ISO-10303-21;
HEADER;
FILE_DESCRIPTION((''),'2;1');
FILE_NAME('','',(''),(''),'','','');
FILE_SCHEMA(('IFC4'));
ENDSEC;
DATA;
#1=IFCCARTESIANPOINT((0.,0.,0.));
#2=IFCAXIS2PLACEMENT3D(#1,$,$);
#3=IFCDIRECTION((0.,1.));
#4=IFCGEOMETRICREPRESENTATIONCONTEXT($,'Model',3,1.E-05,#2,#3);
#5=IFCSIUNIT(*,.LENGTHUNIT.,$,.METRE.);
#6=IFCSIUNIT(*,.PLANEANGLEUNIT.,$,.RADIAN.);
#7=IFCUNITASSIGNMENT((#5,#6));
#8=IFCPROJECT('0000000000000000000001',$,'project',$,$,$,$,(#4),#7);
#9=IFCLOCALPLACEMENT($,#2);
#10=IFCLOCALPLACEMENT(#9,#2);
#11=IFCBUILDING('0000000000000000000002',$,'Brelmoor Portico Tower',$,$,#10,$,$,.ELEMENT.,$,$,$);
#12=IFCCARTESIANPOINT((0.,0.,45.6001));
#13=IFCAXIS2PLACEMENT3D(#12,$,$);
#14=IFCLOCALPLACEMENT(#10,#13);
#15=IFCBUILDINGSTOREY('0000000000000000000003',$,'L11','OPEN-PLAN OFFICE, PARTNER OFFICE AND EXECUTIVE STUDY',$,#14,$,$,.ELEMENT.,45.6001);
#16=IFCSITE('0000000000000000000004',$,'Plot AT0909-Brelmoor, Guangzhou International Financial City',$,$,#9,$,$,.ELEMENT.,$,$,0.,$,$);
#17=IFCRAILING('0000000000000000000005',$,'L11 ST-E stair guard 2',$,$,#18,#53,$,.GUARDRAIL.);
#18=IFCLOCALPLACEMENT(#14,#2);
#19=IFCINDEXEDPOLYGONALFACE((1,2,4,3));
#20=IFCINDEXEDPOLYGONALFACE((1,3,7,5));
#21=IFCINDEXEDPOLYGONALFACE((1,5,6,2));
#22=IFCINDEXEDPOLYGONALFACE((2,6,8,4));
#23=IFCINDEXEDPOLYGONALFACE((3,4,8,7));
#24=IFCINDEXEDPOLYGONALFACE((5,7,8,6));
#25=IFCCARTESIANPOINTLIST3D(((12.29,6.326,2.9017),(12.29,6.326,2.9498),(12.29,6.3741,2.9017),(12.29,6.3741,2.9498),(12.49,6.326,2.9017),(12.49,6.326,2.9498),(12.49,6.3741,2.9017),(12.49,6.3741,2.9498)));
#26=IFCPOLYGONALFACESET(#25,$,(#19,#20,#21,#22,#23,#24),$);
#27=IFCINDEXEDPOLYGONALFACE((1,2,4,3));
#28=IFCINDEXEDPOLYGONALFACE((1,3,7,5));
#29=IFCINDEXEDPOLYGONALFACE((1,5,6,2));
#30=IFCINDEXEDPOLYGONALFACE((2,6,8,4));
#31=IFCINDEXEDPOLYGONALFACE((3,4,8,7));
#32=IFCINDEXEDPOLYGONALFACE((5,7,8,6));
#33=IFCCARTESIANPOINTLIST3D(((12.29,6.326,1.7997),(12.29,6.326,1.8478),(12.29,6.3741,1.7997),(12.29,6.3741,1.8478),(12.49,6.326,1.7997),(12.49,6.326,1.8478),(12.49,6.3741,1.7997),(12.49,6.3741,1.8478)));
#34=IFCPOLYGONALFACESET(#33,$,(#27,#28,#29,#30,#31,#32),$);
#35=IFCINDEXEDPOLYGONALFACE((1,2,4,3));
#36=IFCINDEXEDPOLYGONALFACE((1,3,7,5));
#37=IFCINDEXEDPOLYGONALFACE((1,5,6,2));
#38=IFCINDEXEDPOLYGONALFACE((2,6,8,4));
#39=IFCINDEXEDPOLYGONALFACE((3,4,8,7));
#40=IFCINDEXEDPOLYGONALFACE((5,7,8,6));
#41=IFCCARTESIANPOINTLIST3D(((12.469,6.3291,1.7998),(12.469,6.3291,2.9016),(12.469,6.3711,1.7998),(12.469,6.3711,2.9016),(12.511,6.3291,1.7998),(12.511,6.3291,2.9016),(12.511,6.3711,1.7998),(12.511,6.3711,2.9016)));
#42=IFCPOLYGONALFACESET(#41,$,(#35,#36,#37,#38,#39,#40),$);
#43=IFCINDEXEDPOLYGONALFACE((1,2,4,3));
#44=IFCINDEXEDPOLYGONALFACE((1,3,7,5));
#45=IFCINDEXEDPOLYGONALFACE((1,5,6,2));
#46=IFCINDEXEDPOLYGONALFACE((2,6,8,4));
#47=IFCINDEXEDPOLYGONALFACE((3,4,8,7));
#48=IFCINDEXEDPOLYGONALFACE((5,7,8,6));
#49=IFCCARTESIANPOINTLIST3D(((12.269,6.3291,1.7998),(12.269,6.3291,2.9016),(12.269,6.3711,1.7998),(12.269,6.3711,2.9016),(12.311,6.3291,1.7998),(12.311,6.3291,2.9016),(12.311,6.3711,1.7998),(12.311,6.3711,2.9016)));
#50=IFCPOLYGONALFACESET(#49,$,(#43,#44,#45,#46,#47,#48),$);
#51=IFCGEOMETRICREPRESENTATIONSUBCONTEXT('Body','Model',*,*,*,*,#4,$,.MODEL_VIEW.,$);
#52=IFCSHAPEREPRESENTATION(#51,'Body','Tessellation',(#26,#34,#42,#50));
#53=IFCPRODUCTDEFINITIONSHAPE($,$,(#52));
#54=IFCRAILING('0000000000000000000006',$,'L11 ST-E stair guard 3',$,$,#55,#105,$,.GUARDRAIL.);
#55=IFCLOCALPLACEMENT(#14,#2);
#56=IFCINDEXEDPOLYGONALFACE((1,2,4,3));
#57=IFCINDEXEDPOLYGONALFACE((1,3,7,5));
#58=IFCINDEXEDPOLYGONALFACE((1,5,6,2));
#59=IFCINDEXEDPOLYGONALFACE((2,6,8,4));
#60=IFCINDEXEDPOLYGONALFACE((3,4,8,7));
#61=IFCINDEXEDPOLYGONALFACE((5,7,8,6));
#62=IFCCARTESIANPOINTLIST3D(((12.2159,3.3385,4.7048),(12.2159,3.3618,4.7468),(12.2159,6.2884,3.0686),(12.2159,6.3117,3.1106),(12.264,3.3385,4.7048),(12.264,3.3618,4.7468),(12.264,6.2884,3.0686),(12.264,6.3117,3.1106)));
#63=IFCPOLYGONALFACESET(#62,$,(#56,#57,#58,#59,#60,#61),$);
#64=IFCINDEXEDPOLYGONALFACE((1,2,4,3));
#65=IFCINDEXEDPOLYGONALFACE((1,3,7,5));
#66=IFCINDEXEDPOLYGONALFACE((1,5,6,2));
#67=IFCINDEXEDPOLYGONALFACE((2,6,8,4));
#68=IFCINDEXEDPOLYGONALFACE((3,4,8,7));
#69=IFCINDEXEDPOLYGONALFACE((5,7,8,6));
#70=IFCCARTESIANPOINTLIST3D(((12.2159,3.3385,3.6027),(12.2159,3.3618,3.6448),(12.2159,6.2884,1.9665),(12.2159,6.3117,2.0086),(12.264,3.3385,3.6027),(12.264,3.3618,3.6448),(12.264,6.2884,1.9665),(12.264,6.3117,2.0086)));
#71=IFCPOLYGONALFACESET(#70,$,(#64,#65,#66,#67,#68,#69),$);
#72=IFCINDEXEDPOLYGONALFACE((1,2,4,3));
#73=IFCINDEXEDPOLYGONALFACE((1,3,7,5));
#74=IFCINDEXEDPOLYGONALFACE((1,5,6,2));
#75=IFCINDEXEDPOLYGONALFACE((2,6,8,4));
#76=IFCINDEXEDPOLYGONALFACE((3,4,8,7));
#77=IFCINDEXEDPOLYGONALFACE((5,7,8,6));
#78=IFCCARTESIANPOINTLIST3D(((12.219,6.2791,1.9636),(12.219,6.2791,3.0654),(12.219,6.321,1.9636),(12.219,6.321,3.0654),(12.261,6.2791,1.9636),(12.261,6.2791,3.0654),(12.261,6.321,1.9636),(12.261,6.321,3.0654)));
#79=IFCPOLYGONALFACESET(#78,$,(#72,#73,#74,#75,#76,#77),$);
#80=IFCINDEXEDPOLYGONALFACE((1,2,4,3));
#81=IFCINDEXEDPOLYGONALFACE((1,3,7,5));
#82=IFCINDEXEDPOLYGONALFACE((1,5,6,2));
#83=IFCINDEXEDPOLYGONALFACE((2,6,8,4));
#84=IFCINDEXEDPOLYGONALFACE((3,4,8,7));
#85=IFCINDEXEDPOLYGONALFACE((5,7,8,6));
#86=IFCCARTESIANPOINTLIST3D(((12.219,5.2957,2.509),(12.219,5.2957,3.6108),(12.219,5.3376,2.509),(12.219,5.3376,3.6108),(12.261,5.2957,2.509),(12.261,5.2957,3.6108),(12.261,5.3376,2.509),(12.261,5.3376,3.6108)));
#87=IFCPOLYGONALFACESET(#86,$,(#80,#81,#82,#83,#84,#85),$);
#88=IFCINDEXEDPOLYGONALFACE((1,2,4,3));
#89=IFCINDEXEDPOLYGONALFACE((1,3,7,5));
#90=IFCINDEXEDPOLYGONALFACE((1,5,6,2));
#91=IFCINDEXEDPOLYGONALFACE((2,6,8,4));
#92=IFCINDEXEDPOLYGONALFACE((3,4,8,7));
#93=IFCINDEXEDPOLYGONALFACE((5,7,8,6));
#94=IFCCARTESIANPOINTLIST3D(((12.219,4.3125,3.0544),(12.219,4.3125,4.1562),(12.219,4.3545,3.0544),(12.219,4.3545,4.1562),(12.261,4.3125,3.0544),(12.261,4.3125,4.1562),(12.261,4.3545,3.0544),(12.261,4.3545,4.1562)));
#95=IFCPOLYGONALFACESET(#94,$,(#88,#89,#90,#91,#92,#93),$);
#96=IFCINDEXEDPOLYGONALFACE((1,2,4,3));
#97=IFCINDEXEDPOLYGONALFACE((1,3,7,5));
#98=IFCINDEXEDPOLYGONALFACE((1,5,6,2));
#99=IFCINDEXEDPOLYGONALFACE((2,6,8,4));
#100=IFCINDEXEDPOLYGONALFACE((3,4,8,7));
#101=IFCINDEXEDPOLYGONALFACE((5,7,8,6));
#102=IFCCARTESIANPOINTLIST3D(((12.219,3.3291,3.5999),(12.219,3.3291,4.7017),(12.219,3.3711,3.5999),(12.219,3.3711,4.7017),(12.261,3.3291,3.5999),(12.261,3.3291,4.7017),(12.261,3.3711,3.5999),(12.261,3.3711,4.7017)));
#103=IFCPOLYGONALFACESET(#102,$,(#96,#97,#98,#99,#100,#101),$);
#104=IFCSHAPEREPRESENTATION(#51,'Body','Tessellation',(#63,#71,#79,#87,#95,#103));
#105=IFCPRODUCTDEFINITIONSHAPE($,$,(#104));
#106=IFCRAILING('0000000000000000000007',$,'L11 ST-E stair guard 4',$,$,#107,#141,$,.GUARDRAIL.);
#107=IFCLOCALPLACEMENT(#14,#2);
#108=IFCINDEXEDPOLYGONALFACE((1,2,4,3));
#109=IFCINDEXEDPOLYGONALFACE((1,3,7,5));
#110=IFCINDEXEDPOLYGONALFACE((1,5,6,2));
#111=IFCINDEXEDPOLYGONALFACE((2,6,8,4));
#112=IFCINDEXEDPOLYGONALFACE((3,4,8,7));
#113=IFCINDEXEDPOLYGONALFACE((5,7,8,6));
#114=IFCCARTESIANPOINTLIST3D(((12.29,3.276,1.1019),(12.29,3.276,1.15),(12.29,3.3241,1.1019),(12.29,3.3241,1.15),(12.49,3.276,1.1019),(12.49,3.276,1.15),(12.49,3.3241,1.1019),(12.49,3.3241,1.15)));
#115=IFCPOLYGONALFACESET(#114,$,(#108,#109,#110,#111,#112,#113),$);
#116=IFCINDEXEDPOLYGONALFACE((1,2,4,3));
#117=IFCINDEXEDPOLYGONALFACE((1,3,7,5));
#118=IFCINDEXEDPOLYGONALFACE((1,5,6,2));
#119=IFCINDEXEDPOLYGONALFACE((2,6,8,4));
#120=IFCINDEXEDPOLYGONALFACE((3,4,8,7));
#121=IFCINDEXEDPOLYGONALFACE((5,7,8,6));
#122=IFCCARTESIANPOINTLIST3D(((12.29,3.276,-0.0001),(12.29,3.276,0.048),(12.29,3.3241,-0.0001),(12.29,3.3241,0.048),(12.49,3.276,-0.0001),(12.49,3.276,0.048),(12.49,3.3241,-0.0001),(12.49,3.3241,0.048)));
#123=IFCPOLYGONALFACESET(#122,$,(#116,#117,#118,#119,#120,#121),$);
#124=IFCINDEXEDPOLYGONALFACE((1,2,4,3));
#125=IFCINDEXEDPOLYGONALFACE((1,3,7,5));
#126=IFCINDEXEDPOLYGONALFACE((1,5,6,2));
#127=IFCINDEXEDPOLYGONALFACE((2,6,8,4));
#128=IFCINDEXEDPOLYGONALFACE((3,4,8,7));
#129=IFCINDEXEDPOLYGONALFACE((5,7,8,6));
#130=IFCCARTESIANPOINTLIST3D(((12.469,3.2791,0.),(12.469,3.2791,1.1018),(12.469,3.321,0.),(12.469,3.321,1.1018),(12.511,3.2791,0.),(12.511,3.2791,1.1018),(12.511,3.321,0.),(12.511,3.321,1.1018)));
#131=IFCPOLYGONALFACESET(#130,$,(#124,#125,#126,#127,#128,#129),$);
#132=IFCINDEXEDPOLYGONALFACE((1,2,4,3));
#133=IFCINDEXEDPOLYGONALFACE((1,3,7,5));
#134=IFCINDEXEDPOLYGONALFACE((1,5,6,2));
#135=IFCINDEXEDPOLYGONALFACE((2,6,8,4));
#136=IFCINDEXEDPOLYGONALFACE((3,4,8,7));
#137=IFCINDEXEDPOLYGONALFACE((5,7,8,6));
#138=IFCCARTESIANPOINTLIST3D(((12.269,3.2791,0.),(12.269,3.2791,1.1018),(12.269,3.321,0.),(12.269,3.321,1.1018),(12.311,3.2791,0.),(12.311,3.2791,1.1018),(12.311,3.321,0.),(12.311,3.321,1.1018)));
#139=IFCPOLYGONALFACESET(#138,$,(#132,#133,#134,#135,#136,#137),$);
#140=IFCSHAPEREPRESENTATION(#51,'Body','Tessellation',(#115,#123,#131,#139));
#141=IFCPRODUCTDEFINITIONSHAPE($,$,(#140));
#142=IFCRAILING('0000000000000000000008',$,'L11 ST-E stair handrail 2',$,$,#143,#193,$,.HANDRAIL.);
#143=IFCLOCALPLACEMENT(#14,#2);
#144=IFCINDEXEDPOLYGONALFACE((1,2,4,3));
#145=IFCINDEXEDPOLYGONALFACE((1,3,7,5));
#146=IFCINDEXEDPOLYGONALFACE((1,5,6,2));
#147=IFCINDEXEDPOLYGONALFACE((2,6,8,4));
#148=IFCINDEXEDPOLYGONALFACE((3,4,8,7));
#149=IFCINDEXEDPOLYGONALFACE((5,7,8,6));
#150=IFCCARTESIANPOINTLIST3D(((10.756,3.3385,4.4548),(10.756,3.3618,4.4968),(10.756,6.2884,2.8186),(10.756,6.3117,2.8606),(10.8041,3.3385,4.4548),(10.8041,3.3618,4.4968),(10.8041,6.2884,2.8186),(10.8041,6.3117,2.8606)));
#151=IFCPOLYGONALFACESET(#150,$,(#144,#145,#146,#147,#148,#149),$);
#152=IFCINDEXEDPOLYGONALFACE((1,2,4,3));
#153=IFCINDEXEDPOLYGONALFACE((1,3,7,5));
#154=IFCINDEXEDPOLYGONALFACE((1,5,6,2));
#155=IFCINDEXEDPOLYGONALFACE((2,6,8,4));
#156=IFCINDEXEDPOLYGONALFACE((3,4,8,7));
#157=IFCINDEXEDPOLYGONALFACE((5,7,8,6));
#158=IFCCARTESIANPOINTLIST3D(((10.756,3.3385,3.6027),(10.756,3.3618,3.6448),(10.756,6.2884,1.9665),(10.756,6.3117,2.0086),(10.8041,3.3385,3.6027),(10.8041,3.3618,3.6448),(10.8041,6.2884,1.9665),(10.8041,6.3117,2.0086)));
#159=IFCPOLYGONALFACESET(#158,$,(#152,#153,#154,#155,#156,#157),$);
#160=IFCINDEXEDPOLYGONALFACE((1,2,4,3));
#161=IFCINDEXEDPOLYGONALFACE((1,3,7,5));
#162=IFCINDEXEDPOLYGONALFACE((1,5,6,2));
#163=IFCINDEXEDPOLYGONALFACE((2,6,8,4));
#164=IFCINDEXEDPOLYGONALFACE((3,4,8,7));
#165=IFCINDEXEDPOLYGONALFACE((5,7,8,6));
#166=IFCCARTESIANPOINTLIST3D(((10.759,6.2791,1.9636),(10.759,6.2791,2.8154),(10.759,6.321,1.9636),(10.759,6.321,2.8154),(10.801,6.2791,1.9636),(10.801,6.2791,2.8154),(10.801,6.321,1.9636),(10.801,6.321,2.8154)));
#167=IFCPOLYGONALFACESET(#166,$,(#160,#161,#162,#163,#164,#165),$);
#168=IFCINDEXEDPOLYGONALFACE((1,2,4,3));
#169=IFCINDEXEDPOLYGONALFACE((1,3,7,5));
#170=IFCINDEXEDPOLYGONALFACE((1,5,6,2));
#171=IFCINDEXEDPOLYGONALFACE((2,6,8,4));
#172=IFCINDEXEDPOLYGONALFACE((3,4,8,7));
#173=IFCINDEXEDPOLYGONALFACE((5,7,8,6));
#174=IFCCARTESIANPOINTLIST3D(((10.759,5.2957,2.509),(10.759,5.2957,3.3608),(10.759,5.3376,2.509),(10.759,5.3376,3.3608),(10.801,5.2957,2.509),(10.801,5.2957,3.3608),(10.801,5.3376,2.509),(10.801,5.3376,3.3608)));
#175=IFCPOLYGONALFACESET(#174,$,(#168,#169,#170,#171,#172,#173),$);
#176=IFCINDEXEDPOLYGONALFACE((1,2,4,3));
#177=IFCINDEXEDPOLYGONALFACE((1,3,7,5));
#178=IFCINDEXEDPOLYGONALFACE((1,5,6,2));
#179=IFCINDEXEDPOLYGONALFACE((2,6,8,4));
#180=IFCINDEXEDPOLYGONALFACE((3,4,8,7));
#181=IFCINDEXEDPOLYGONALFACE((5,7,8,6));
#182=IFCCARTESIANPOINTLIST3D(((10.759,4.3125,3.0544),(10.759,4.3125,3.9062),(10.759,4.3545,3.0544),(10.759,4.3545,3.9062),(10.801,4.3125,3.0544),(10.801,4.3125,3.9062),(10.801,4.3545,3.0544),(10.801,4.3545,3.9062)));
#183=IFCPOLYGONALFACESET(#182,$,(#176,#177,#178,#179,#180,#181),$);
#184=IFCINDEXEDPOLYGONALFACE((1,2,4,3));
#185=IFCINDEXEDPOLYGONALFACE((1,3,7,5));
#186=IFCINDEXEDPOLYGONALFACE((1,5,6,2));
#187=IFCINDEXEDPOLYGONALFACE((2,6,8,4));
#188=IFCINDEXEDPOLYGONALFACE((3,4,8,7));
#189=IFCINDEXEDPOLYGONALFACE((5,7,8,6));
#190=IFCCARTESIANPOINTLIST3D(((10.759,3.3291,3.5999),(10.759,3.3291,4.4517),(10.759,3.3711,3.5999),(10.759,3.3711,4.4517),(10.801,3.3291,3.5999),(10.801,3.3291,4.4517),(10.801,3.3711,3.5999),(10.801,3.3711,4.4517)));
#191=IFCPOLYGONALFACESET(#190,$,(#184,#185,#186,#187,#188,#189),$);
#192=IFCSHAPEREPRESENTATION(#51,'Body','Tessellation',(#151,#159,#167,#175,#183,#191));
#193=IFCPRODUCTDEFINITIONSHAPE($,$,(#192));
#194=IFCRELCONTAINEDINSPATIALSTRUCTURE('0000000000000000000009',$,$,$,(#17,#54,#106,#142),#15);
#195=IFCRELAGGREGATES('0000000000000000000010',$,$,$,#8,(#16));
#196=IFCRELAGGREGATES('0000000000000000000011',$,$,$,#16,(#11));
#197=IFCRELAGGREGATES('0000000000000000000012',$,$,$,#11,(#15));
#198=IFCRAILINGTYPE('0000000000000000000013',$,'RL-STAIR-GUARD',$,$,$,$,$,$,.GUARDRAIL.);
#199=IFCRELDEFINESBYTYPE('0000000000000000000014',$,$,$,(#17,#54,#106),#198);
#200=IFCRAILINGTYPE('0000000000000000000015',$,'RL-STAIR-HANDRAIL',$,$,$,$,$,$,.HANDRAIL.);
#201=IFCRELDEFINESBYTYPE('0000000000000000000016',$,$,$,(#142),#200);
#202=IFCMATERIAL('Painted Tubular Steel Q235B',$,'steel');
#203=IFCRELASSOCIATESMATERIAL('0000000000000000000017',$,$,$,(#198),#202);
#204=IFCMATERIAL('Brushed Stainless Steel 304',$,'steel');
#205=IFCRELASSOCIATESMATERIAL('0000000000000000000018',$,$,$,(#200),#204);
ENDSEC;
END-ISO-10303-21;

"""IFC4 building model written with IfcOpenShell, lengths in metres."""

from ifc_helpers import new_model, si_unit, direction, frame, origin, origin_2d, place, context, subcontext, project, spatial, rectangle, extrude, material, type_object, element, save


model = new_model("IFC4")

# Units and contexts
model_context = context("Model", 3, precision=1e-05, world=origin(), true_north=direction((0.0, 1.0)))
body_context = subcontext(model_context, "Body", "Model", "MODEL_VIEW")
ifc_project = project(units=[si_unit("LENGTHUNIT", "METRE"), si_unit("PLANEANGLEUNIT", "RADIAN")], contexts=[model_context])

# Site, building, storey
site_placement = place(None, origin())
site = spatial("IfcSite", under=ifc_project, at=site_placement, Name="Plot AT0909-Brelmoor, Guangzhou International Financial City", CompositionType="ELEMENT", RefElevation=0.0)
building_placement = place(site_placement, origin())
building = spatial("IfcBuilding", under=site, at=building_placement, Name="Brelmoor Portico Tower", CompositionType="ELEMENT")
storey_placement = place(building_placement, frame((0.0, 0.0, 45.6001)))
storey = spatial("IfcBuildingStorey", under=building, at=storey_placement, Name="L11", Description="OPEN-PLAN OFFICE, PARTNER OFFICE AND EXECUTIVE STUDY", CompositionType="ELEMENT", Elevation=45.6001)

# Railings
ifc_material_1 = material(Name="Painted Tubular Steel Q235B", Category="steel")
railing_type_1 = type_object("IfcRailingType", Name="RL-STAIR-GUARD", PredefinedType="GUARDRAIL", material=ifc_material_1)
railing_1_placement = place(storey_placement, frame((12.49, 6.3501, 1.7998)))
element("IfcRailing", 1, at=railing_1_placement, inside=storey, type_object=railing_type_1, Name="L11 ST-E stair guard 2", PredefinedType="GUARDRAIL", context=body_context, shape_type="SweptSolid", body=[
    extrude(rectangle(XDim=0.0481, YDim=0.0481, at=origin_2d()), frame((0.0, 0.0, 1.126), z_axis=(-1.0, 0.0, 0.0), x_axis=(0.0, -1.0, 0.0)), (0.0, 0.0, 1.0), 0.2),
    extrude(rectangle(XDim=0.0481, YDim=0.0481, at=origin_2d()), frame((0.0, 0.0, 0.0239), z_axis=(-1.0, 0.0, 0.0), x_axis=(0.0, -1.0, 0.0)), (0.0, 0.0, 1.0), 0.2),
    extrude(rectangle(XDim=0.042, YDim=0.042, at=origin_2d()), origin(), (0.0, 0.0, 1.0), 1.1018),
    extrude(rectangle(XDim=0.042, YDim=0.042, at=origin_2d()), frame((-0.2, 0.0, 0.0)), (0.0, 0.0, 1.0), 1.1018),
])
railing_2_placement = place(storey_placement, frame((12.24, 6.3, 1.9636)))
element("IfcRailing", 2, at=railing_2_placement, inside=storey, type_object=railing_type_1, Name="L11 ST-E stair guard 3", PredefinedType="GUARDRAIL", context=body_context, shape_type="SweptSolid", body=[
    extrude(rectangle(XDim=0.0481, YDim=0.0481, at=origin_2d()), frame((0.0, 0.0, 1.126), z_axis=(0.0, -0.874488, 0.485047), x_axis=(1.0, 0.0, 0.0)), (0.0, 0.0, 1.0), 3.3733),
    extrude(rectangle(XDim=0.0481, YDim=0.0481, at=origin_2d()), frame((0.0, 0.0, 0.0239), z_axis=(0.0, -0.874488, 0.485047), x_axis=(1.0, 0.0, 0.0)), (0.0, 0.0, 1.0), 3.3733),
    extrude(rectangle(XDim=0.042, YDim=0.042, at=origin_2d()), origin(), (0.0, 0.0, 1.0), 1.1018),
    extrude(rectangle(XDim=0.042, YDim=0.042, at=origin_2d()), frame((0.0, -0.9834, 0.5454)), (0.0, 0.0, 1.0), 1.1018),
    extrude(rectangle(XDim=0.042, YDim=0.042, at=origin_2d()), frame((0.0, -1.9666, 1.0908)), (0.0, 0.0, 1.0), 1.1018),
    extrude(rectangle(XDim=0.042, YDim=0.042, at=origin_2d()), frame((0.0, -2.95, 1.6362)), (0.0, 0.0, 1.0), 1.1018),
])
railing_3_placement = place(storey_placement, frame((12.49, 3.3, 0.0)))
element("IfcRailing", 3, at=railing_3_placement, inside=storey, type_object=railing_type_1, Name="L11 ST-E stair guard 4", PredefinedType="GUARDRAIL", context=body_context, shape_type="SweptSolid", body=[
    extrude(rectangle(XDim=0.0481, YDim=0.0481, at=origin_2d()), frame((0.0, 0.0, 1.126), z_axis=(-1.0, 0.0, 0.0), x_axis=(0.0, -1.0, 0.0)), (0.0, 0.0, 1.0), 0.2),
    extrude(rectangle(XDim=0.0481, YDim=0.0481, at=origin_2d()), frame((0.0, 0.0, 0.0239), z_axis=(-1.0, 0.0, 0.0), x_axis=(0.0, -1.0, 0.0)), (0.0, 0.0, 1.0), 0.2),
    extrude(rectangle(XDim=0.042, YDim=0.042, at=origin_2d()), origin(), (0.0, 0.0, 1.0), 1.1018),
    extrude(rectangle(XDim=0.042, YDim=0.042, at=origin_2d()), frame((-0.2, 0.0, 0.0)), (0.0, 0.0, 1.0), 1.1018),
])
ifc_material_2 = material(Name="Brushed Stainless Steel 304", Category="steel")
railing_type_2 = type_object("IfcRailingType", Name="RL-STAIR-HANDRAIL", PredefinedType="HANDRAIL", material=ifc_material_2)
railing_4_placement = place(storey_placement, frame((10.78, 6.3, 1.9636)))
element("IfcRailing", 4, at=railing_4_placement, inside=storey, type_object=railing_type_2, Name="L11 ST-E stair handrail 2", PredefinedType="HANDRAIL", context=body_context, shape_type="SweptSolid", body=[
    extrude(rectangle(XDim=0.0481, YDim=0.0481, at=origin_2d()), frame((0.0, 0.0, 0.876), z_axis=(0.0, -0.874488, 0.485047), x_axis=(1.0, 0.0, 0.0)), (0.0, 0.0, 1.0), 3.3733),
    extrude(rectangle(XDim=0.0481, YDim=0.0481, at=origin_2d()), frame((0.0, 0.0, 0.0239), z_axis=(0.0, -0.874488, 0.485047), x_axis=(1.0, 0.0, 0.0)), (0.0, 0.0, 1.0), 3.3733),
    extrude(rectangle(XDim=0.042, YDim=0.042, at=origin_2d()), origin(), (0.0, 0.0, 1.0), 0.8518),
    extrude(rectangle(XDim=0.042, YDim=0.042, at=origin_2d()), frame((0.0, -0.9834, 0.5454)), (0.0, 0.0, 1.0), 0.8518),
    extrude(rectangle(XDim=0.042, YDim=0.042, at=origin_2d()), frame((0.0, -1.9666, 1.0908)), (0.0, 0.0, 1.0), 0.8518),
    extrude(rectangle(XDim=0.042, YDim=0.042, at=origin_2d()), frame((0.0, -2.95, 1.6362)), (0.0, 0.0, 1.0), 0.8518),
])

save(model, "model.ifc")
